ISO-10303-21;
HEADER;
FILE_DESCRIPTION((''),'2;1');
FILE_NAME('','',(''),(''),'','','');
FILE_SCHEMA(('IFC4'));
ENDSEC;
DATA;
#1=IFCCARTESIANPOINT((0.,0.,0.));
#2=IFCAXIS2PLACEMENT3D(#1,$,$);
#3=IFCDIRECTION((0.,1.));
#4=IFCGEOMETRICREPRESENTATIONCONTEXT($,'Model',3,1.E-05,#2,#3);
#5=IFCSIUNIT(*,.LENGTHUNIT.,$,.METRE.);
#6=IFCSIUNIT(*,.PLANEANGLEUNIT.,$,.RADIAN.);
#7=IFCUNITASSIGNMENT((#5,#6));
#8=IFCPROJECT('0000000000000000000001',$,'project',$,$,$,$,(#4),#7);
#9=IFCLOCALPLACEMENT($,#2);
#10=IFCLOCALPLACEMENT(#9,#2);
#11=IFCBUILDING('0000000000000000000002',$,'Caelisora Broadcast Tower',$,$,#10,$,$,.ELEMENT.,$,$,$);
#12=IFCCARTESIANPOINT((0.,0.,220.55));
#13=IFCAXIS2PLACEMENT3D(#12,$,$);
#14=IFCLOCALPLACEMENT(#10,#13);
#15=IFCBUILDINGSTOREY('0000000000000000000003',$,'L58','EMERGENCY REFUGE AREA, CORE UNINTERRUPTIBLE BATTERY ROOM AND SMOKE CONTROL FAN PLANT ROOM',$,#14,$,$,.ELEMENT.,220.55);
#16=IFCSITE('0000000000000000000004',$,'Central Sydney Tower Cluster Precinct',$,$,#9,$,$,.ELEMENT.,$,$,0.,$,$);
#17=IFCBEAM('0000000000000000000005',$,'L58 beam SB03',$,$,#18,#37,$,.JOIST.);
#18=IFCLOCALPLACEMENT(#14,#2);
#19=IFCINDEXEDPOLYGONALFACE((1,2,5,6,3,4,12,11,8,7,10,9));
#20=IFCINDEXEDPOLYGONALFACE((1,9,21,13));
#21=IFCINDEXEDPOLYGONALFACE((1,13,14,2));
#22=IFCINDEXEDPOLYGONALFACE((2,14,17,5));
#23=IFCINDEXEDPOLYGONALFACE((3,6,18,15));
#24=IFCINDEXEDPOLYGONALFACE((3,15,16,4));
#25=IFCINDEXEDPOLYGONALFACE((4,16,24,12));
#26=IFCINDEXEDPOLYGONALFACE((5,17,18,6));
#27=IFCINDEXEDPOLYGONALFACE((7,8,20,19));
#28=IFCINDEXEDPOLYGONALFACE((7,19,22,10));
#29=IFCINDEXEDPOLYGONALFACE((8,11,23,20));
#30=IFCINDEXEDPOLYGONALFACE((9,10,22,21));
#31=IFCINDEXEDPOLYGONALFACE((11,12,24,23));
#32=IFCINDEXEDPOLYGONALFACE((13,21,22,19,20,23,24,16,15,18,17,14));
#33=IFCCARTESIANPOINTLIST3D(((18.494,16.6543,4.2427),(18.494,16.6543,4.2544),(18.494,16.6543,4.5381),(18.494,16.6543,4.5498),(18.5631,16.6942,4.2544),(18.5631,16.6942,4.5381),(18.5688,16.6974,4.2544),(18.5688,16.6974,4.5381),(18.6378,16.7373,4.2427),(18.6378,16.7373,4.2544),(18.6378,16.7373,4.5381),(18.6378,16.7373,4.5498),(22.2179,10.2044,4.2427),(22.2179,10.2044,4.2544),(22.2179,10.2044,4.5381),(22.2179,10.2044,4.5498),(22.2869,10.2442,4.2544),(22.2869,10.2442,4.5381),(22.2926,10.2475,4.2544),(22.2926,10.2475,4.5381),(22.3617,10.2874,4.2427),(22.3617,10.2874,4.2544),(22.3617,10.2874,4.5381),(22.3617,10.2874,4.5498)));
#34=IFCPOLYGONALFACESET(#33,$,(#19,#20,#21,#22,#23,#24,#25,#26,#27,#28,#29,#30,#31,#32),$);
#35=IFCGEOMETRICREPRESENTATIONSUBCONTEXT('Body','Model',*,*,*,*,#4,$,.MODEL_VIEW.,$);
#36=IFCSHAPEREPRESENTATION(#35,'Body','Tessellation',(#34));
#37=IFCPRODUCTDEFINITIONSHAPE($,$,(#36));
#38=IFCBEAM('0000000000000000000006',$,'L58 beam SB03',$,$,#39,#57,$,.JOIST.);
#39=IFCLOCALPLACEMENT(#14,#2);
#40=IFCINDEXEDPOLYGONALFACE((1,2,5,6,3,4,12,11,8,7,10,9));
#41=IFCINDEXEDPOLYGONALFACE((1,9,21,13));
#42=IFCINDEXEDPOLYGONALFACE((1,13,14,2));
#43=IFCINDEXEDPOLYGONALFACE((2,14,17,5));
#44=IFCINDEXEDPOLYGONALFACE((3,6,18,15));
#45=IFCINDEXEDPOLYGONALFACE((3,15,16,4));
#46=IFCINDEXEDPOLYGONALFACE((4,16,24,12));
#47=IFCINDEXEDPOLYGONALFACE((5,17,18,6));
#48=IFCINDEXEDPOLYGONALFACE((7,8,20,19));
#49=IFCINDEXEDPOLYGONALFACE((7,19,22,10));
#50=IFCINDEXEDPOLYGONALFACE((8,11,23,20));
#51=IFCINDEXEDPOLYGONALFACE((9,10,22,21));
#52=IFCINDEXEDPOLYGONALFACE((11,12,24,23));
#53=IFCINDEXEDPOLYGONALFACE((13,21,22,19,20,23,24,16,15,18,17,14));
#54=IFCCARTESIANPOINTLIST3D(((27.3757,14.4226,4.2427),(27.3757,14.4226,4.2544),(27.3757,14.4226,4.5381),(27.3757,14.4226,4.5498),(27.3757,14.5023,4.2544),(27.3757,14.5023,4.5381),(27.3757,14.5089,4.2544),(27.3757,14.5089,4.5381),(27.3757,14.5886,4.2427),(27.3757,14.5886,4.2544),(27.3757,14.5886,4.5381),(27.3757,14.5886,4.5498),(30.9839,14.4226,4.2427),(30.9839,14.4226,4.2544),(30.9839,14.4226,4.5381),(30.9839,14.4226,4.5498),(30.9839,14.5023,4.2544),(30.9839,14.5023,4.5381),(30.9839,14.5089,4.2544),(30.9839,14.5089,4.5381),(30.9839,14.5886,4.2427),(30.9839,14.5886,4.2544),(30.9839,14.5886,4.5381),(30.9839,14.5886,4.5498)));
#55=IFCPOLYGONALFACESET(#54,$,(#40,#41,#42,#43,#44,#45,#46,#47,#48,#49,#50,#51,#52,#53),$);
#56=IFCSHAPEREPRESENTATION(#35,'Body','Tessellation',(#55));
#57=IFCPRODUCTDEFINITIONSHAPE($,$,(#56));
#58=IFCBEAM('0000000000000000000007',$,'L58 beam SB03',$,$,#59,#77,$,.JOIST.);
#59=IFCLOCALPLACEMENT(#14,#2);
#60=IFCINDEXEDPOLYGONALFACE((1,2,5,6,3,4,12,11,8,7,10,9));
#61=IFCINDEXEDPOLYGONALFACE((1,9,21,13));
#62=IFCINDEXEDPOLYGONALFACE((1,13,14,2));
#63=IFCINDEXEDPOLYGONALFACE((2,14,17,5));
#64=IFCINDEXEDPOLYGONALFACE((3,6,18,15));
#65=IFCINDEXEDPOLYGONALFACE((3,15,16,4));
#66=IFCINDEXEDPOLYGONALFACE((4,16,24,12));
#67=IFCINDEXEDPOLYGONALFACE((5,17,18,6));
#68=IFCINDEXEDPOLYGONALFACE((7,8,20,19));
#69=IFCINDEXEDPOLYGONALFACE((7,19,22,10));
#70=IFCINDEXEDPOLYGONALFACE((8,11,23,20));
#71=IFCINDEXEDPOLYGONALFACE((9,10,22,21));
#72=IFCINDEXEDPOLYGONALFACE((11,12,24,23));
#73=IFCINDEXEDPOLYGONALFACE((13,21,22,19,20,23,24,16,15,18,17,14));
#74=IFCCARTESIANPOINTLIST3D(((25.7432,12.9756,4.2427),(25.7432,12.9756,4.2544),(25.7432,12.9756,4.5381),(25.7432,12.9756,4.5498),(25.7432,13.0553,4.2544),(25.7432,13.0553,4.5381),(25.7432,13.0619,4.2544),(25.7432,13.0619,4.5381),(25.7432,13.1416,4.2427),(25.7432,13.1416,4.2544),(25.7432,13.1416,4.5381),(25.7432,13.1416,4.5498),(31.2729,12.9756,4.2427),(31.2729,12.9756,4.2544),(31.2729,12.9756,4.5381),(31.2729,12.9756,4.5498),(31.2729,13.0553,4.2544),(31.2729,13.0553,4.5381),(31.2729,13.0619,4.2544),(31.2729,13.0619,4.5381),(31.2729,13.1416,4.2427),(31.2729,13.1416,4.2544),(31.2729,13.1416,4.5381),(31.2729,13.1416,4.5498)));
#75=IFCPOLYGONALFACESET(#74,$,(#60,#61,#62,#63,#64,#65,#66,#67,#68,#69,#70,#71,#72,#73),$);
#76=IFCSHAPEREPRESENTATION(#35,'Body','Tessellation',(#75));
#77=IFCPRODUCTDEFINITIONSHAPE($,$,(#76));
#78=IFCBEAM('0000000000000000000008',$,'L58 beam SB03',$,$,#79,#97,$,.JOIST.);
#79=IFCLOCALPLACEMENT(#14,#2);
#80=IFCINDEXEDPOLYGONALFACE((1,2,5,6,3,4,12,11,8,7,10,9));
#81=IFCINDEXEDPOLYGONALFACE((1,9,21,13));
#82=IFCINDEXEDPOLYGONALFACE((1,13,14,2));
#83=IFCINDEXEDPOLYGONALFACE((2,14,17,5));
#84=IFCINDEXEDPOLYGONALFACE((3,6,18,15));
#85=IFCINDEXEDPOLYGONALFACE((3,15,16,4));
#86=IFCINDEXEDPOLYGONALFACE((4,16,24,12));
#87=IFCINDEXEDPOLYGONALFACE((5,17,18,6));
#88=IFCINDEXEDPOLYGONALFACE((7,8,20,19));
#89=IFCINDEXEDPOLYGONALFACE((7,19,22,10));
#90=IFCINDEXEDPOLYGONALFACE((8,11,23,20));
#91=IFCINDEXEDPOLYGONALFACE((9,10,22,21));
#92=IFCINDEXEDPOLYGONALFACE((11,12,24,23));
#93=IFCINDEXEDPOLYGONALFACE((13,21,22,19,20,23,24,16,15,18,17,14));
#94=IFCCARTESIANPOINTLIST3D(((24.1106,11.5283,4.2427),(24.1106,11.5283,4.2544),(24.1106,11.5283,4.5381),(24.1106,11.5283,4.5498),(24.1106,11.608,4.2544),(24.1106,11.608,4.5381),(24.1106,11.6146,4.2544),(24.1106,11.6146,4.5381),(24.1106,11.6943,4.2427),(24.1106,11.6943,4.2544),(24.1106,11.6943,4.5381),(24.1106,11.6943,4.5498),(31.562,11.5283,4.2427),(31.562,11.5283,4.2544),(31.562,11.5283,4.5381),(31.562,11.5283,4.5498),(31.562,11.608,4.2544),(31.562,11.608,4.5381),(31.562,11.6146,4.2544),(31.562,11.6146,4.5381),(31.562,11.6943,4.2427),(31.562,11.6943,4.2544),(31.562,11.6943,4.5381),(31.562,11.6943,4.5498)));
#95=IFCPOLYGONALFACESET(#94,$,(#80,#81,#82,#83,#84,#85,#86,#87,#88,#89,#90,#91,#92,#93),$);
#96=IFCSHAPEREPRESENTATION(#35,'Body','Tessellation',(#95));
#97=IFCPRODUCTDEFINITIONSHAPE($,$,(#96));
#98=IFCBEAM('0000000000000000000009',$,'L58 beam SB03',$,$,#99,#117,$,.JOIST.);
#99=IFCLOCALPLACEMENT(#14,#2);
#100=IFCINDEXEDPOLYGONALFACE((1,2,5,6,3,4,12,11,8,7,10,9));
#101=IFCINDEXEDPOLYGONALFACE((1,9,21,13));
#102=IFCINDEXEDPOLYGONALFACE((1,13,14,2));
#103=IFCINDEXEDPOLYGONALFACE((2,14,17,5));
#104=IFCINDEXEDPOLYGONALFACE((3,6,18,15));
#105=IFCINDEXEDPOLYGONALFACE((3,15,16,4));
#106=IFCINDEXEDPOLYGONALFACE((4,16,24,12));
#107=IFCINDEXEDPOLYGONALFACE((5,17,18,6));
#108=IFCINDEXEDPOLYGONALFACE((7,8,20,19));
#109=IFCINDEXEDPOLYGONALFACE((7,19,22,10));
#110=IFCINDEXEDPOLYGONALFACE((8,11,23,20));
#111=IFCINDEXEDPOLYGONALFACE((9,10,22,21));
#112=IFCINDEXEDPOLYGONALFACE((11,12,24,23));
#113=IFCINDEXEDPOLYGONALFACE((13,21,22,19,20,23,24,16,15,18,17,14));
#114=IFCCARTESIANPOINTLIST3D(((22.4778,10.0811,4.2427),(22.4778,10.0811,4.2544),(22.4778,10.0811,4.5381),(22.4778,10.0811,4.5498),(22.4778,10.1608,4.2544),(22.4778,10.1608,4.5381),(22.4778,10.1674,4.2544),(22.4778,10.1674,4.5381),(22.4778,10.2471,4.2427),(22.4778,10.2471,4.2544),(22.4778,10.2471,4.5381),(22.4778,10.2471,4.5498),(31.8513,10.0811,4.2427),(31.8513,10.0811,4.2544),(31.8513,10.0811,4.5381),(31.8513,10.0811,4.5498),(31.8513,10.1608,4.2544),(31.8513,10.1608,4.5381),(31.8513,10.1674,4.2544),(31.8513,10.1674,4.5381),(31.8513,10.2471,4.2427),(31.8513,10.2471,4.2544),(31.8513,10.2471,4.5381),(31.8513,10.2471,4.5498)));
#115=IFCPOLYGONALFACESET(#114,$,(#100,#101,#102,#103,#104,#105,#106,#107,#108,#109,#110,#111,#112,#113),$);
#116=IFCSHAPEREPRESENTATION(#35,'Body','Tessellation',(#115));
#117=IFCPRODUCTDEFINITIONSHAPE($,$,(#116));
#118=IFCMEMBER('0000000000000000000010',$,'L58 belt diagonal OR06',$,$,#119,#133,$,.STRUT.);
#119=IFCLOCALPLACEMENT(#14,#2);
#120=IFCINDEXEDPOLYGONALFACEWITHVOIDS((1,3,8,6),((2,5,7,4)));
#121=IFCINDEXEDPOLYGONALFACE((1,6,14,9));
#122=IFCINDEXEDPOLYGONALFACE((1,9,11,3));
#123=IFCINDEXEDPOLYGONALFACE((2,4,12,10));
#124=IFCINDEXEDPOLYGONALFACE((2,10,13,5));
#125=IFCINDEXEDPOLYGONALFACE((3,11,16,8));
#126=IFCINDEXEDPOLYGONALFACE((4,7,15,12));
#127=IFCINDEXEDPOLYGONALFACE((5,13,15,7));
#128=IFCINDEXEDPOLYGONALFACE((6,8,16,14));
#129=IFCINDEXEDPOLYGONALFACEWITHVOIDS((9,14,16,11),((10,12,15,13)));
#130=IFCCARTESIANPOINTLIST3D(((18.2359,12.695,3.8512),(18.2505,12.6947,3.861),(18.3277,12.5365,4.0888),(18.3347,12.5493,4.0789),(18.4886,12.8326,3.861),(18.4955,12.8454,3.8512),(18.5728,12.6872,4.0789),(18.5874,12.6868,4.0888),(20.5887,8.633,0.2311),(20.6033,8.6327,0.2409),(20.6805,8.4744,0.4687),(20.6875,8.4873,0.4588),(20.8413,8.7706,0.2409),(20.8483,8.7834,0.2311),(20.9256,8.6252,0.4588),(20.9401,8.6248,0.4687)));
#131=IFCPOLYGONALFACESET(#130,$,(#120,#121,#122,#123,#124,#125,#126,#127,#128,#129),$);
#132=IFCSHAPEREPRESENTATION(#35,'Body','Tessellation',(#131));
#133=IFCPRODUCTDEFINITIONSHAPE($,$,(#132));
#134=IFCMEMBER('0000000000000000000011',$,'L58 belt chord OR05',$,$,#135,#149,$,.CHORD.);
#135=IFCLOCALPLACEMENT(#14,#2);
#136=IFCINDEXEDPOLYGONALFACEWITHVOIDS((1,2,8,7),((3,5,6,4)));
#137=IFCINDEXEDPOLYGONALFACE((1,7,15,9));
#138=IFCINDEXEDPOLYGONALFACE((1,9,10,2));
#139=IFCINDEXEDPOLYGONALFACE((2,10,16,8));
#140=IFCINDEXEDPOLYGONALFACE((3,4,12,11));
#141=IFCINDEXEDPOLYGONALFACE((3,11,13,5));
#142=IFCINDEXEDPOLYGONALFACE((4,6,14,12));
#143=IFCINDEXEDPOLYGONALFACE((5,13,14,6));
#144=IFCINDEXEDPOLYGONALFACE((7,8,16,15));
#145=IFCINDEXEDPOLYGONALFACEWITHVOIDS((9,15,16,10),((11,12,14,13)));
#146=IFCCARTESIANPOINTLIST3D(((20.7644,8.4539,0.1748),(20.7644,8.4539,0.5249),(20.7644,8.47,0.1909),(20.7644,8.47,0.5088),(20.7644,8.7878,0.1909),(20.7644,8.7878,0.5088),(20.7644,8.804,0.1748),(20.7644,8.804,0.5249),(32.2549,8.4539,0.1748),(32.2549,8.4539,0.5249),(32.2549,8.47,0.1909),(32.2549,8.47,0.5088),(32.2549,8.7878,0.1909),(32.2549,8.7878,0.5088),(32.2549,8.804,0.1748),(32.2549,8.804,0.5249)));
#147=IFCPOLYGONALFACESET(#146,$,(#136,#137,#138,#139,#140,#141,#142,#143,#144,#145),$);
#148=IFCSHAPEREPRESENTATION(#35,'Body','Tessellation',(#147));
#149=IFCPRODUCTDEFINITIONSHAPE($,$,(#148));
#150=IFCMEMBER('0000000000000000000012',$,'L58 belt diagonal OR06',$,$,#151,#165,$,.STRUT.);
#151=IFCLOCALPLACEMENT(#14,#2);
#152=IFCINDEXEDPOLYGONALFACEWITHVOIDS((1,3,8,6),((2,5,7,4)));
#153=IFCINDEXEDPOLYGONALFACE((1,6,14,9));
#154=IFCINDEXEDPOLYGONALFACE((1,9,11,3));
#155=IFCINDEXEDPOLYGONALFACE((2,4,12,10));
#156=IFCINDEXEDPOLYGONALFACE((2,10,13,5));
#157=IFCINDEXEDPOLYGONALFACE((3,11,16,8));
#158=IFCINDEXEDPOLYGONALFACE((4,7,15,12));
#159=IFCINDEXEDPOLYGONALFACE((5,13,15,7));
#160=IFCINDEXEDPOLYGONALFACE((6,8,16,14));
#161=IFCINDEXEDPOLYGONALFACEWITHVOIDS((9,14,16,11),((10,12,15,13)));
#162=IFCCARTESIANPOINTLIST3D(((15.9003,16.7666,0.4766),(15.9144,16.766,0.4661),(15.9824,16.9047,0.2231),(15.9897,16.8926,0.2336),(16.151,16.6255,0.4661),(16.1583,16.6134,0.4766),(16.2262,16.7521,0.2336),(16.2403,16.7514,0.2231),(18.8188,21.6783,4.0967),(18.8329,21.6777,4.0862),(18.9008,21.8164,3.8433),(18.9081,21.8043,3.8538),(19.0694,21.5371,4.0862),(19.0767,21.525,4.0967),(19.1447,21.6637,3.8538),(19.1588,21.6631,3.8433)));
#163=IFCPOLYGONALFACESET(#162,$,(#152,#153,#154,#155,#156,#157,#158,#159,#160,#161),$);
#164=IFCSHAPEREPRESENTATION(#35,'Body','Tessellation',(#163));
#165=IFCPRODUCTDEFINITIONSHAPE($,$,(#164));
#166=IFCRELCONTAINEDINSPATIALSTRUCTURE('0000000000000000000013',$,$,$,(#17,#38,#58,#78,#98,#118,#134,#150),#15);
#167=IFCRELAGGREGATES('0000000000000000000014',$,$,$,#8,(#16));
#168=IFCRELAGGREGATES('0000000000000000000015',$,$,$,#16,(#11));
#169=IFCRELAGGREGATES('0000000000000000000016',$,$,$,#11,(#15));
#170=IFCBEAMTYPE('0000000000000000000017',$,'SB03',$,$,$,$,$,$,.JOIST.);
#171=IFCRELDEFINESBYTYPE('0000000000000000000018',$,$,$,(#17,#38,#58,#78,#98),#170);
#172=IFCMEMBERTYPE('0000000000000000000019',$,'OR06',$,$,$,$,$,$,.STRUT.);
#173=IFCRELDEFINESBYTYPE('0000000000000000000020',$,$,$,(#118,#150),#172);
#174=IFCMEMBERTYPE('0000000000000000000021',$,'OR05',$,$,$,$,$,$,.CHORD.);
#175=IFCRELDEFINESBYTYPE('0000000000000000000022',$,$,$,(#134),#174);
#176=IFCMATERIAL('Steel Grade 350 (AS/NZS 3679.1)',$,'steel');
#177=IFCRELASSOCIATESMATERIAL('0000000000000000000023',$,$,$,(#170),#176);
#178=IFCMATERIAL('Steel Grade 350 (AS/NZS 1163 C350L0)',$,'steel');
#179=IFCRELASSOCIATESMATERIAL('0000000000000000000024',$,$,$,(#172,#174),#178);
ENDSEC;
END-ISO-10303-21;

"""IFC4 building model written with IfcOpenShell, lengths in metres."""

from ifc_helpers import new_model, si_unit, direction, frame, origin, origin_2d, place, context, subcontext, project, spatial, hollow_rectangle, i_section, extrude, source, transform, mapped, material, material_profile, profile_set, type_object, element, save


model = new_model("IFC4")

# Units and contexts
model_context = context("Model", 3, precision=1e-05, world=origin(), true_north=direction((0.0, 1.0)))
body_context = subcontext(model_context, "Body", "Model", "MODEL_VIEW")
ifc_project = project(units=[si_unit("LENGTHUNIT", "METRE"), si_unit("PLANEANGLEUNIT", "RADIAN")], contexts=[model_context])

# Site, building, storey
site_placement = place(None, origin())
site = spatial("IfcSite", under=ifc_project, at=site_placement, Name="Central Sydney Tower Cluster Precinct", CompositionType="ELEMENT", RefElevation=0.0)
building_placement = place(site_placement, origin())
building = spatial("IfcBuilding", under=site, at=building_placement, Name="Caelisora Broadcast Tower", CompositionType="ELEMENT")
storey_placement = place(building_placement, frame((0.0, 0.0, 220.55)))
storey = spatial("IfcBuildingStorey", under=building, at=storey_placement, Name="L58", Description="EMERGENCY REFUGE AREA, CORE UNINTERRUPTIBLE BATTERY ROOM AND SMOKE CONTROL FAN PLANT ROOM", CompositionType="ELEMENT", Elevation=220.55)

# Shared definitions
ifc_material_1 = material(Name="Steel Grade 350 (AS/NZS 1163 C350L0)", Category="steel")

# Beams
ifc_material_2 = material(Name="Steel Grade 350 (AS/NZS 3679.1)", Category="steel")
ifc_material_profile_1 = material_profile(ifc_material_2, i_section(OverallWidth=0.166, OverallDepth=0.3071, WebThickness=0.0066, FlangeThickness=0.0117, at=origin_2d()), Name="Steel Grade 350 (AS/NZS 3679.1)")
ifc_profile_set_1 = profile_set([ifc_material_profile_1], Name="Steel Grade 350 (AS/NZS 3679.1)")
beam_type_1 = type_object("IfcBeamType", Name="SB03", PredefinedType="JOIST", material=ifc_profile_set_1)
shared_shape_1 = source(origin(), body_context, "Body", "SweptSolid", [
    extrude(i_section(OverallWidth=0.166, OverallDepth=0.3071, WebThickness=0.0066, FlangeThickness=0.0117, at=origin_2d()), origin(), (0.0, 0.0, 1.0), 7.4478),
])
beam_1_placement = place(storey_placement, frame((18.5659, 16.6958, 4.3962), z_axis=(0.5, -0.866026, 0.0), x_axis=(0.866026, 0.5, 0.0)))
element("IfcBeam", 1, at=beam_1_placement, inside=storey, type_object=beam_type_1, Name="L58 beam SB03", PredefinedType="JOIST", context=body_context, shape_type="MappedRepresentation", body=[
    mapped(shared_shape_1, transform((0.0, 0.0, 0.0), scale=1.0)),
])
shared_shape_2 = source(origin(), body_context, "Body", "SweptSolid", [
    extrude(i_section(OverallWidth=0.166, OverallDepth=0.3071, WebThickness=0.0066, FlangeThickness=0.0117, at=origin_2d()), origin(), (0.0, 0.0, 1.0), 3.6082),
])
beam_2_placement = place(storey_placement, frame((27.3757, 14.5056, 4.3962), z_axis=(1.0, 0.0, 0.0), x_axis=(0.0, 1.0, 0.0)))
element("IfcBeam", 2, at=beam_2_placement, inside=storey, type_object=beam_type_1, Name="L58 beam SB03", PredefinedType="JOIST", context=body_context, shape_type="MappedRepresentation", body=[
    mapped(shared_shape_2, transform((0.0, 0.0, 0.0), scale=1.0)),
])
shared_shape_3 = source(origin(), body_context, "Body", "SweptSolid", [
    extrude(i_section(OverallWidth=0.166, OverallDepth=0.3071, WebThickness=0.0066, FlangeThickness=0.0117, at=origin_2d()), origin(), (0.0, 0.0, 1.0), 5.5298),
])
beam_3_placement = place(storey_placement, frame((25.7432, 13.0586, 4.3962), z_axis=(1.0, 0.0, 0.0), x_axis=(0.0, 1.0, 0.0)))
element("IfcBeam", 3, at=beam_3_placement, inside=storey, type_object=beam_type_1, Name="L58 beam SB03", PredefinedType="JOIST", context=body_context, shape_type="MappedRepresentation", body=[
    mapped(shared_shape_3, transform((0.0, 0.0, 0.0), scale=1.0)),
])
shared_shape_4 = source(origin(), body_context, "Body", "SweptSolid", [
    extrude(i_section(OverallWidth=0.166, OverallDepth=0.3071, WebThickness=0.0066, FlangeThickness=0.0117, at=origin_2d()), origin(), (0.0, 0.0, 1.0), 7.4514),
])
beam_4_placement = place(storey_placement, frame((24.1106, 11.6113, 4.3962), z_axis=(1.0, 0.0, 0.0), x_axis=(0.0, 1.0, 0.0)))
element("IfcBeam", 4, at=beam_4_placement, inside=storey, type_object=beam_type_1, Name="L58 beam SB03", PredefinedType="JOIST", context=body_context, shape_type="MappedRepresentation", body=[
    mapped(shared_shape_4, transform((0.0, 0.0, 0.0), scale=1.0)),
])
shared_shape_5 = source(origin(), body_context, "Body", "SweptSolid", [
    extrude(i_section(OverallWidth=0.166, OverallDepth=0.3071, WebThickness=0.0066, FlangeThickness=0.0117, at=origin_2d()), origin(), (0.0, 0.0, 1.0), 9.3735),
])
beam_5_placement = place(storey_placement, frame((22.4778, 10.1641, 4.3962), z_axis=(1.0, 0.0, 0.0), x_axis=(0.0, 1.0, 0.0)))
element("IfcBeam", 5, at=beam_5_placement, inside=storey, type_object=beam_type_1, Name="L58 beam SB03", PredefinedType="JOIST", context=body_context, shape_type="MappedRepresentation", body=[
    mapped(shared_shape_5, transform((0.0, 0.0, 0.0), scale=1.0)),
])

# Members
ifc_material_profile_2 = material_profile(ifc_material_1, hollow_rectangle(XDim=0.3, YDim=0.3, WallThickness=0.0125, at=origin_2d()), Name="Steel Grade 350 (AS/NZS 1163 C350L0)")
ifc_profile_set_2 = profile_set([ifc_material_profile_2], Name="Steel Grade 350 (AS/NZS 1163 C350L0)")
member_type_1 = type_object("IfcMemberType", Name="OR06", PredefinedType="STRUT", material=ifc_profile_set_2)
shared_shape_6 = source(origin(), body_context, "Body", "SweptSolid", [
    extrude(hollow_rectangle(XDim=0.3, YDim=0.3, WallThickness=0.0125, at=origin_2d()), origin(), (0.0, 0.0, 1.0), 5.928),
])
member_1_placement = place(storey_placement, frame((20.7644, 8.6289, 0.3499), z_axis=(-0.396896, 0.685229, 0.610685), x_axis=(-0.865325, -0.501211, 0.0)))
element("IfcMember", 6, at=member_1_placement, inside=storey, type_object=member_type_1, Name="L58 belt diagonal OR06", PredefinedType="STRUT", context=body_context, shape_type="MappedRepresentation", body=[
    mapped(shared_shape_6, transform((0.0, 0.0, 0.0), scale=1.0)),
])
ifc_material_profile_3 = material_profile(ifc_material_1, hollow_rectangle(XDim=0.3501, YDim=0.3501, WallThickness=0.0161, at=origin_2d()), Name="Steel Grade 350 (AS/NZS 1163 C350L0)")
ifc_profile_set_3 = profile_set([ifc_material_profile_3], Name="Steel Grade 350 (AS/NZS 1163 C350L0)")
member_type_2 = type_object("IfcMemberType", Name="OR05", PredefinedType="CHORD", material=ifc_profile_set_3)
shared_shape_7 = source(origin(), body_context, "Body", "SweptSolid", [
    extrude(hollow_rectangle(XDim=0.3501, YDim=0.3501, WallThickness=0.0161, at=origin_2d()), origin(), (0.0, 0.0, 1.0), 11.4905),
])
member_2_placement = place(storey_placement, frame((20.7644, 8.6289, 0.3499), z_axis=(1.0, 0.0, 0.0), x_axis=(0.0, 1.0, 0.0)))
element("IfcMember", 7, at=member_2_placement, inside=storey, type_object=member_type_2, Name="L58 belt chord OR05", PredefinedType="CHORD", context=body_context, shape_type="MappedRepresentation", body=[
    mapped(shared_shape_7, transform((0.0, 0.0, 0.0), scale=1.0)),
])
shared_shape_8 = source(origin(), body_context, "Body", "SweptSolid", [
    extrude(hollow_rectangle(XDim=0.3, YDim=0.3, WallThickness=0.0125, at=origin_2d()), origin(), (0.0, 0.0, 1.0), 6.7637),
])
member_3_placement = place(storey_placement, frame((16.0703, 16.759, 0.3499), z_axis=(0.431493, 0.726181, 0.535233), x_axis=(-0.859687, 0.510821, 0.0)))
element("IfcMember", 8, at=member_3_placement, inside=storey, type_object=member_type_1, Name="L58 belt diagonal OR06", PredefinedType="STRUT", context=body_context, shape_type="MappedRepresentation", body=[
    mapped(shared_shape_8, transform((0.0, 0.0, 0.0), scale=1.0)),
])

save(model, "model.ifc")
